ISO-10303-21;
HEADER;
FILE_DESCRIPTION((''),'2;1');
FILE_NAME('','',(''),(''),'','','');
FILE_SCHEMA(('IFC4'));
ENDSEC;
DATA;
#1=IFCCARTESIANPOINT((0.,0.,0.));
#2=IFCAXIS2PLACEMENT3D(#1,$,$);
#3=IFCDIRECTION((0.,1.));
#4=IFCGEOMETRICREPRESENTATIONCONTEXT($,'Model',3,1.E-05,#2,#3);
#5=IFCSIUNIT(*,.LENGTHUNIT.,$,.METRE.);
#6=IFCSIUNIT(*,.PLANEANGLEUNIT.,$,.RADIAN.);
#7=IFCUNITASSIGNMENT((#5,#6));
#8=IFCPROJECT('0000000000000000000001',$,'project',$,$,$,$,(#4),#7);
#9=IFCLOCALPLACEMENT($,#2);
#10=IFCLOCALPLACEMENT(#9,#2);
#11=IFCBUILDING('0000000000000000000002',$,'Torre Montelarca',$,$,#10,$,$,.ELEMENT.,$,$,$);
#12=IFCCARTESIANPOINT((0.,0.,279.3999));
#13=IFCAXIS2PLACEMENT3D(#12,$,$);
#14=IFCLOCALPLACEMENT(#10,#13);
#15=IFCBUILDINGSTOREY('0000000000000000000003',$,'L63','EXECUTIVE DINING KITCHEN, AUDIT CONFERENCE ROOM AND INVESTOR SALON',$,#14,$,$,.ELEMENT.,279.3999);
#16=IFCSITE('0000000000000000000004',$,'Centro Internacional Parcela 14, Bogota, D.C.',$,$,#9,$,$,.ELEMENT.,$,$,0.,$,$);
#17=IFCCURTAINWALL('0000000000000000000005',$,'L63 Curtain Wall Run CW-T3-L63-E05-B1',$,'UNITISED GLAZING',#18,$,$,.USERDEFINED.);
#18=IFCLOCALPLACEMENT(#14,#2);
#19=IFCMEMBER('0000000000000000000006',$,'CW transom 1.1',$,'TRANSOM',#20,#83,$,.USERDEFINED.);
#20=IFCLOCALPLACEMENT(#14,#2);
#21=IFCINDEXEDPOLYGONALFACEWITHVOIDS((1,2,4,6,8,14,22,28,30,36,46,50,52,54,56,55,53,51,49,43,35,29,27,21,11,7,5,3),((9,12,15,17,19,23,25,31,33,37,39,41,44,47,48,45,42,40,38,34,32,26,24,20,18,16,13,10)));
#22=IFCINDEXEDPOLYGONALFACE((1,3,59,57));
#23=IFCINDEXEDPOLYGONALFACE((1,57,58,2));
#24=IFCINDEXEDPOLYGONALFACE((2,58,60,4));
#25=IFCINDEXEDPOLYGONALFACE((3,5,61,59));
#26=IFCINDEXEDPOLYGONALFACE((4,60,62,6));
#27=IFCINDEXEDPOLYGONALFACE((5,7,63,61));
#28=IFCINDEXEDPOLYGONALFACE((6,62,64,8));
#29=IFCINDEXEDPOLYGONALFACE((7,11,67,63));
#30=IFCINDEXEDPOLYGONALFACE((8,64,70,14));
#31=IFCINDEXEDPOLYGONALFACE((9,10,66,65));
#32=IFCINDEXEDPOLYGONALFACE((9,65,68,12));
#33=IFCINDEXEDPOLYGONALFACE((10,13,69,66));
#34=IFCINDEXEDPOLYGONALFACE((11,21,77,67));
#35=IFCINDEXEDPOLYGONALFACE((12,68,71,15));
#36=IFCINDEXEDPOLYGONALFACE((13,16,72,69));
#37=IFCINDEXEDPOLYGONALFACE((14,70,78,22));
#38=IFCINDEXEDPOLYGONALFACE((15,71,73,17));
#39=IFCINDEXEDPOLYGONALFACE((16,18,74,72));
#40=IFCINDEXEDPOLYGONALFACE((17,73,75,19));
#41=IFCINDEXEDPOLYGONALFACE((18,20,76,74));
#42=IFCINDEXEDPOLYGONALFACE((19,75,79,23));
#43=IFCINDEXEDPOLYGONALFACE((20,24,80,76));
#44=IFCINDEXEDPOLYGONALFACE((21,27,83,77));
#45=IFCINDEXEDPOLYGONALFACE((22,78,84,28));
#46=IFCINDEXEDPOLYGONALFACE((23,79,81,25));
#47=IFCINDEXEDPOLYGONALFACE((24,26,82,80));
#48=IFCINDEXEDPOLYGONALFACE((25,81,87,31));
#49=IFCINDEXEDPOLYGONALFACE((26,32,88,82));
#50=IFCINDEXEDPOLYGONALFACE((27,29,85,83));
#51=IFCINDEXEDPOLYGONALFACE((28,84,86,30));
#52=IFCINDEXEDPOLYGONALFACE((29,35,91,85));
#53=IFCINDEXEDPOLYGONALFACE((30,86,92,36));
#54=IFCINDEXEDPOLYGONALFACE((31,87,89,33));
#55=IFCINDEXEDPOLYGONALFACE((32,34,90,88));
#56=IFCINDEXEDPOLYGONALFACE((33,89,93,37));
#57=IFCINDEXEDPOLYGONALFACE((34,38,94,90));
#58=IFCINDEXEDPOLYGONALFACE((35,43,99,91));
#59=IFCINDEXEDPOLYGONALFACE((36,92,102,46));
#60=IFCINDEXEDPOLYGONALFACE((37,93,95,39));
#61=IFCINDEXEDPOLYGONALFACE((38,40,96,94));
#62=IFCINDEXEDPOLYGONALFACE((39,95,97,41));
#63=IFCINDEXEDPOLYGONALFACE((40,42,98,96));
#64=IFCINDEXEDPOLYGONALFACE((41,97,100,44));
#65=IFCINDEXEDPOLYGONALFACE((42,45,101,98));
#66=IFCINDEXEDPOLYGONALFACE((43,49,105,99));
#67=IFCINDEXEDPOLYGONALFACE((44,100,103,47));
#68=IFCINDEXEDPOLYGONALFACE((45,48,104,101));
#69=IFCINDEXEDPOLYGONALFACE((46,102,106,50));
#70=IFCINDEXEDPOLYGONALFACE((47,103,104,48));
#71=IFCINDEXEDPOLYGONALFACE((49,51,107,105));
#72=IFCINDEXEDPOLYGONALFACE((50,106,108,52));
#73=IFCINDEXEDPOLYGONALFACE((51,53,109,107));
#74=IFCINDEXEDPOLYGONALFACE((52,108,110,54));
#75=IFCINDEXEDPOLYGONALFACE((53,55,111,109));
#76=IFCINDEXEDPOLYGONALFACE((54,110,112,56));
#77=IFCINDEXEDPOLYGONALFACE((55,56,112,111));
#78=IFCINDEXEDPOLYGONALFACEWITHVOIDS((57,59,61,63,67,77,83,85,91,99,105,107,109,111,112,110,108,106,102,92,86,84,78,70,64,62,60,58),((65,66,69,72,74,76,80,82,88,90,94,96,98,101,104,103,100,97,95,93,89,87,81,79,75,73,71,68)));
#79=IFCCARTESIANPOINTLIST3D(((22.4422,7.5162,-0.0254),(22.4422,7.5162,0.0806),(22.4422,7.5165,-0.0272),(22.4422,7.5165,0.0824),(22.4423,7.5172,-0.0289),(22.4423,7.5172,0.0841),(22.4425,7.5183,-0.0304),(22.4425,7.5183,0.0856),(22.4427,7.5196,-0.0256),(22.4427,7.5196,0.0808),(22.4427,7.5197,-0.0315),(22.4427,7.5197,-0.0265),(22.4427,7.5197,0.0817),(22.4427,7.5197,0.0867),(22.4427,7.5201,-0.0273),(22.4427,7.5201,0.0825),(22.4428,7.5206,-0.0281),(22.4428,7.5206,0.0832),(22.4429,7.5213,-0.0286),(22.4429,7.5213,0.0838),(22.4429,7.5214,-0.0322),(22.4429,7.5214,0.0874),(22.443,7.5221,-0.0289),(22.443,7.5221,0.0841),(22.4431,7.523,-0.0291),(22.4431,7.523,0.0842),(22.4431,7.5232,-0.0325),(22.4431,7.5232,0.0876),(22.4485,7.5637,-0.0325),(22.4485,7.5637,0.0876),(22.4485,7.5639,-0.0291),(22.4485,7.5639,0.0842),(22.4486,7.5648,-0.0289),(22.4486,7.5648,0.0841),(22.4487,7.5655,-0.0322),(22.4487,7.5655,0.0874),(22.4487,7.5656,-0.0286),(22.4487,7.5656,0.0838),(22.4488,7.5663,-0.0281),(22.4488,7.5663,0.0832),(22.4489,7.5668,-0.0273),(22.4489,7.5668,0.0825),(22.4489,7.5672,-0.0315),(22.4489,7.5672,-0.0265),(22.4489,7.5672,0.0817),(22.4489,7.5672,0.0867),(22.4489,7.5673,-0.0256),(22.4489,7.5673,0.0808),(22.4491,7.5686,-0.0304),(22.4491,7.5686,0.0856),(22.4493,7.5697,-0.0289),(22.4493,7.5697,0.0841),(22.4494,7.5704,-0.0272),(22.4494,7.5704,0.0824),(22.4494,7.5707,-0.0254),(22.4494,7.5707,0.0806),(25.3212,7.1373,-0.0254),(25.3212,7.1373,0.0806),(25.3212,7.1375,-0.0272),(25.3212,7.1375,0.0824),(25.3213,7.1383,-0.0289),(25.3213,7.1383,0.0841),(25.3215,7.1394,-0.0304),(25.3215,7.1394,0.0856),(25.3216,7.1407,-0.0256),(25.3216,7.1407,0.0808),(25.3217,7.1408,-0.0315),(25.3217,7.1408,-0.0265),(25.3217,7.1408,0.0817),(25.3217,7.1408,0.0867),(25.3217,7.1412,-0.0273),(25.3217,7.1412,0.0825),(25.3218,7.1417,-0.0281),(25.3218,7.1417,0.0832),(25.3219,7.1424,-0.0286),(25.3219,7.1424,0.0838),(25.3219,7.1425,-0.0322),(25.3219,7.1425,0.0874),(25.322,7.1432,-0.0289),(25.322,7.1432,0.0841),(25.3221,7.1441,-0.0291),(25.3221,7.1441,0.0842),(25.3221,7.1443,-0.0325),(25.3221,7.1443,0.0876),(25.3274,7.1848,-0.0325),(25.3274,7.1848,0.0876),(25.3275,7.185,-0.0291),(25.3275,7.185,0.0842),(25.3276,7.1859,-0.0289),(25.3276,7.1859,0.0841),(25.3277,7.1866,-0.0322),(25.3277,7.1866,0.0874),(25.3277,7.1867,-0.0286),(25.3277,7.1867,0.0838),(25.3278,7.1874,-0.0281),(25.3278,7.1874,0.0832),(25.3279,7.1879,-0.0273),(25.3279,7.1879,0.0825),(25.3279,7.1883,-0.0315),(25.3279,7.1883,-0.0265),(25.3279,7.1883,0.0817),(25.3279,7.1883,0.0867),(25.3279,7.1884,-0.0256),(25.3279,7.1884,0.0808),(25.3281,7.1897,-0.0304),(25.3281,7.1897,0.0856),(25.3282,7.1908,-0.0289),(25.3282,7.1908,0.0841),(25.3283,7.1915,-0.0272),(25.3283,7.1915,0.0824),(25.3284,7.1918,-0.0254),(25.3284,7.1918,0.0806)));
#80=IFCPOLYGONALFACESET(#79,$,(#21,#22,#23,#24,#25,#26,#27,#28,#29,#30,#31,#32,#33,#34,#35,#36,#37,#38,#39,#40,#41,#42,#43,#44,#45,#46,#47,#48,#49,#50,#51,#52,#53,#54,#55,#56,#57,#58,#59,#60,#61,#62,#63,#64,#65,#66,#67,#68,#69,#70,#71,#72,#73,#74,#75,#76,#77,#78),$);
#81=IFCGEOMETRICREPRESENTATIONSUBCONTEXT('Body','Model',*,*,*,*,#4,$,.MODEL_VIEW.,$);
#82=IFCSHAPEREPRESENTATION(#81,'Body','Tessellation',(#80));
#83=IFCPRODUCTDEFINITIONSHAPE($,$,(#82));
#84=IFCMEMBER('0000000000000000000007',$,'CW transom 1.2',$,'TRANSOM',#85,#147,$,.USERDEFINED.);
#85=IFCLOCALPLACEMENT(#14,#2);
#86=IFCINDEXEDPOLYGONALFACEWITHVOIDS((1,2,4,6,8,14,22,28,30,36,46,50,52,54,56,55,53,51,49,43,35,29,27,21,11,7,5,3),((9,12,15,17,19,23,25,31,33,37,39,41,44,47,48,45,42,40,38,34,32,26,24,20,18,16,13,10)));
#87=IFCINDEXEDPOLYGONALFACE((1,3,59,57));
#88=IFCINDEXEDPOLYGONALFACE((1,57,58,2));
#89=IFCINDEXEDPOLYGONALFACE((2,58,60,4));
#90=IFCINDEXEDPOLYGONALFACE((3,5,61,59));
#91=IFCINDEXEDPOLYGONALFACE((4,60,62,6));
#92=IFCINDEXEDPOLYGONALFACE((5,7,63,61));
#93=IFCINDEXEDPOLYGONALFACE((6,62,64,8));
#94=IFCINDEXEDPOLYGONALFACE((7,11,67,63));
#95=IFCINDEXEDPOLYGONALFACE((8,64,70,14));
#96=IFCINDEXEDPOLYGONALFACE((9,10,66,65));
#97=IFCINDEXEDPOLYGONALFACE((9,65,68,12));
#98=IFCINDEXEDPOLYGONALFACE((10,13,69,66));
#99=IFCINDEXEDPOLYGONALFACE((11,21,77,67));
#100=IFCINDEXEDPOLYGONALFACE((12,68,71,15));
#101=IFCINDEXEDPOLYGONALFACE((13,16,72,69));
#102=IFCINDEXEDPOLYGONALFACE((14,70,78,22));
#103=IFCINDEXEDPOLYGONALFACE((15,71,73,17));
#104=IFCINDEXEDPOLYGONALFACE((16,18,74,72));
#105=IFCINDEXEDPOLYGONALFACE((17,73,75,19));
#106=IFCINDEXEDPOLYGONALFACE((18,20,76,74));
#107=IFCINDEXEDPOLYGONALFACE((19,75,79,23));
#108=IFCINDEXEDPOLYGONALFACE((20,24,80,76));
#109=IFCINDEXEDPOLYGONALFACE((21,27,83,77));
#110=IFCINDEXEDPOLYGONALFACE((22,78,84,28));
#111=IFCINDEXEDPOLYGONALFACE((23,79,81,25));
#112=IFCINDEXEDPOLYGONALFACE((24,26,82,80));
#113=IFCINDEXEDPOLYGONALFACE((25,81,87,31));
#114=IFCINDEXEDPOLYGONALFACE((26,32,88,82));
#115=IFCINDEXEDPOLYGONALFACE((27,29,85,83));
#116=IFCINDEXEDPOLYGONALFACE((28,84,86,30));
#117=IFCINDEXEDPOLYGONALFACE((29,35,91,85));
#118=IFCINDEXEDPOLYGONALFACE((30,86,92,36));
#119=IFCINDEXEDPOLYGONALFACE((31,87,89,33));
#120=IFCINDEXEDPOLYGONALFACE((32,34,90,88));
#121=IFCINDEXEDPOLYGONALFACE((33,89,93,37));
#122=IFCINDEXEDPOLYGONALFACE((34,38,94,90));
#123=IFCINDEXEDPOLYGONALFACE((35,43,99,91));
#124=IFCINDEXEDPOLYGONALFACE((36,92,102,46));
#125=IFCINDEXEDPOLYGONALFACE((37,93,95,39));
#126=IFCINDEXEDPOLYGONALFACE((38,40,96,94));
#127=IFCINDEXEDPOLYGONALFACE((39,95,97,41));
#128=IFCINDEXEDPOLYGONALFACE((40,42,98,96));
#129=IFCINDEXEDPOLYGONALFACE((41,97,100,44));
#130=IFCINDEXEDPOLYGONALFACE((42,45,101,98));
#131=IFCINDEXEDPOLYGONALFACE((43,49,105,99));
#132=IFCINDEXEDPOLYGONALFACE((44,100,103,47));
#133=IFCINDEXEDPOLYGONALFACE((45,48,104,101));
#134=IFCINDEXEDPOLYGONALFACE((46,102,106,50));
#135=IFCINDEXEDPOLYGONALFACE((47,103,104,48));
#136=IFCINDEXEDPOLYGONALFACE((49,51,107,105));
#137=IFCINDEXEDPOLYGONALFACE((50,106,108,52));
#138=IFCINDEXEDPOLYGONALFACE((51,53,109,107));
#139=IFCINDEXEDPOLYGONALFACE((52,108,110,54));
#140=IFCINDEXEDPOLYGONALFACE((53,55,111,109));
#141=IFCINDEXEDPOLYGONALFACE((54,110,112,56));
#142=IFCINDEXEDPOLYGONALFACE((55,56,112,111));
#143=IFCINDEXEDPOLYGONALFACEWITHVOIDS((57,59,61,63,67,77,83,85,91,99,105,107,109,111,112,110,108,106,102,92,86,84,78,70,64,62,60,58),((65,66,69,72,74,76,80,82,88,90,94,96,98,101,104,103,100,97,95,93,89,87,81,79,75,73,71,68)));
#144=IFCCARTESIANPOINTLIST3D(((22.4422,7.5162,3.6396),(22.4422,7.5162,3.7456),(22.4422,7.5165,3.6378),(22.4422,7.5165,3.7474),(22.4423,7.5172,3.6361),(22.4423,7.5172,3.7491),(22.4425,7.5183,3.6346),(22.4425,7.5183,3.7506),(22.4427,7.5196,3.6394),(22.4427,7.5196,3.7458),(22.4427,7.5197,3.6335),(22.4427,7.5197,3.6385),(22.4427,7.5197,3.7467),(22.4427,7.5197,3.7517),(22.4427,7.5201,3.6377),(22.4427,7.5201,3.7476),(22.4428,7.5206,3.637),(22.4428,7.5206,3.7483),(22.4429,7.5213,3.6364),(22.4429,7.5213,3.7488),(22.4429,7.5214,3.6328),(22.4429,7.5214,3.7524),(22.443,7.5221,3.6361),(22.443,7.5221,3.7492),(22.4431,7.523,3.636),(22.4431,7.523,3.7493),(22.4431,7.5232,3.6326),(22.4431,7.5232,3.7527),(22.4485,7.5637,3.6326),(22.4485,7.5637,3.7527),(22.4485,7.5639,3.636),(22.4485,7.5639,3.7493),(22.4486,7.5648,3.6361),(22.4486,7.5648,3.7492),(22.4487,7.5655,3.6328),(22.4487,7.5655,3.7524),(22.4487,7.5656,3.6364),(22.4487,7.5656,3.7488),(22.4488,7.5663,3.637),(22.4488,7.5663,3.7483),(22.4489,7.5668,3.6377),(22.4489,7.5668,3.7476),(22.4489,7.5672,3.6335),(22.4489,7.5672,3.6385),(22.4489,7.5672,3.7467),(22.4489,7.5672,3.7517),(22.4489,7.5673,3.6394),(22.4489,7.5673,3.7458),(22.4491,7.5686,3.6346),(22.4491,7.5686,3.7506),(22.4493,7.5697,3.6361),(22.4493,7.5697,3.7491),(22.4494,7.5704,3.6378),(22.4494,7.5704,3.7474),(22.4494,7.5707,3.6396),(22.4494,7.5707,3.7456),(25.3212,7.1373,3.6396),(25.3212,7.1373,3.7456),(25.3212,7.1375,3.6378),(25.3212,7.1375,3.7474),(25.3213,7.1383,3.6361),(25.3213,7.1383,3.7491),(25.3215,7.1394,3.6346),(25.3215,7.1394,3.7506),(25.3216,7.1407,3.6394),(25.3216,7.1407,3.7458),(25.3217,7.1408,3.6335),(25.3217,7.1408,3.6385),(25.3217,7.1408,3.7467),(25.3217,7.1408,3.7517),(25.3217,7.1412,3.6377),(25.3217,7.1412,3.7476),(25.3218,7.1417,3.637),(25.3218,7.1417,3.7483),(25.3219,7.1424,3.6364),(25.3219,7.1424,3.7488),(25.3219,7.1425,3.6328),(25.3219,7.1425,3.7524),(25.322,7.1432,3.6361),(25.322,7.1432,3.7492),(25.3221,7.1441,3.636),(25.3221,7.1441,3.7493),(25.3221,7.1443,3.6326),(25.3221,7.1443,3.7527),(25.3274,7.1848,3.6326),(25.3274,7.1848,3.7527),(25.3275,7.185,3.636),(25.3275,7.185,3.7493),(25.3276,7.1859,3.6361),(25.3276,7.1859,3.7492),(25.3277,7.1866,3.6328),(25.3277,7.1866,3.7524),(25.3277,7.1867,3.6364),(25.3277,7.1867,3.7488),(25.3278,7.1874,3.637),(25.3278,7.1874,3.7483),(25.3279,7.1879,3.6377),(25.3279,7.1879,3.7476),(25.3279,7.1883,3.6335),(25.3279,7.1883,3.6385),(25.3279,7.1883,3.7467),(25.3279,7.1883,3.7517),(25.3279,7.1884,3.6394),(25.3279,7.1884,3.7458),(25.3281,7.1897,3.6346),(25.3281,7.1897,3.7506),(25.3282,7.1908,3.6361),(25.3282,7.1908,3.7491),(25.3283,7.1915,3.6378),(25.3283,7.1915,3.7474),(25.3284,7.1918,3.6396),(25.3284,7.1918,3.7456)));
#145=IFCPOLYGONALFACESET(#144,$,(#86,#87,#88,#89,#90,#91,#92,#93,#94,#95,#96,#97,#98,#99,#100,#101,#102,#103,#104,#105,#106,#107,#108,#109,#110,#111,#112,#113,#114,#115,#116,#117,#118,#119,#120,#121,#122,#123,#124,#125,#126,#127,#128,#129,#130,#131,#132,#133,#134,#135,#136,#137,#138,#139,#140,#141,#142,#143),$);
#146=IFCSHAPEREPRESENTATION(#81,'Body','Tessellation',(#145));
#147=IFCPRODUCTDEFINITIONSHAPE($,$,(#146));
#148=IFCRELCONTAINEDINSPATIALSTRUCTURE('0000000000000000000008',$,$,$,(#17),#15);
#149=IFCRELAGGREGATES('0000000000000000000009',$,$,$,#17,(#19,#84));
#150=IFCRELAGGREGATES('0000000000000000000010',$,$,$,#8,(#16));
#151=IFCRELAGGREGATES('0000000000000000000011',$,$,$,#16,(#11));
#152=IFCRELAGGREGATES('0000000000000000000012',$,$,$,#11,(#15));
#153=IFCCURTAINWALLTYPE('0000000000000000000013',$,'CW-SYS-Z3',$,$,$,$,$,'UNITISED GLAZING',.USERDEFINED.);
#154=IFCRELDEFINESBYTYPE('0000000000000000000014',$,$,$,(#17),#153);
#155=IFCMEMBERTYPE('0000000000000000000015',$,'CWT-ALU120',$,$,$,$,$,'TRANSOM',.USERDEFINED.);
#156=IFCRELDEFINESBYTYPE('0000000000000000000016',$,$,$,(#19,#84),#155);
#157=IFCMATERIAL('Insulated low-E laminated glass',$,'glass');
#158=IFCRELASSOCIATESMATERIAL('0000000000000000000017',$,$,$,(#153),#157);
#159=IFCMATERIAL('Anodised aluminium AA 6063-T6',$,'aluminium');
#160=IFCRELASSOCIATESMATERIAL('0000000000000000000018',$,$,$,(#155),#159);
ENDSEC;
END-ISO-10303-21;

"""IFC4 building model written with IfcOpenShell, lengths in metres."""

from ifc_helpers import new_model, si_unit, direction, frame, origin, origin_2d, place, context, subcontext, project, spatial, hollow_rectangle, extrude, source, transform, mapped, material, material_profile, profile_set, type_object, element, aggregate, save


model = new_model("IFC4")

# Units and contexts
model_context = context("Model", 3, precision=1e-05, world=origin(), true_north=direction((0.0, 1.0)))
body_context = subcontext(model_context, "Body", "Model", "MODEL_VIEW")
ifc_project = project(units=[si_unit("LENGTHUNIT", "METRE"), si_unit("PLANEANGLEUNIT", "RADIAN")], contexts=[model_context])

# Site, building, storey
site_placement = place(None, origin())
site = spatial("IfcSite", under=ifc_project, at=site_placement, Name="Centro Internacional Parcela 14, Bogota, D.C.", CompositionType="ELEMENT", RefElevation=0.0)
building_placement = place(site_placement, origin())
building = spatial("IfcBuilding", under=site, at=building_placement, Name="Torre Montelarca", CompositionType="ELEMENT")
storey_placement = place(building_placement, frame((0.0, 0.0, 279.3999)))
storey = spatial("IfcBuildingStorey", under=building, at=storey_placement, Name="L63", Description="EXECUTIVE DINING KITCHEN, AUDIT CONFERENCE ROOM AND INVESTOR SALON", CompositionType="ELEMENT", Elevation=279.3999)

# Shared definitions
ifc_material_1 = material(Name="Insulated low-E laminated glass", Category="glass")
curtain_wall_type = type_object("IfcCurtainWallType", Name="CW-SYS-Z3", ElementType="UNITISED GLAZING", PredefinedType="USERDEFINED", material=ifc_material_1)
ifc_material_2 = material(Name="Anodised aluminium AA 6063-T6", Category="aluminium")

# Curtain wall
curtain_wall_1_placement = place(storey_placement, origin())
curtain_wall_1 = element("IfcCurtainWall", 1, at=curtain_wall_1_placement, inside=storey, type_object=curtain_wall_type, Name="L63 Curtain Wall Run CW-T3-L63-E05-B1", ObjectType="UNITISED GLAZING", PredefinedType="USERDEFINED")

# Members
ifc_material_profile_1 = material_profile(ifc_material_2, hollow_rectangle(XDim=0.0549, YDim=0.1201, WallThickness=0.0034, InnerFilletRadius=0.0034, OuterFilletRadius=0.0071, at=origin_2d()), Name="ALU55X120X3.5", Category="aluminium")
ifc_profile_set_1 = profile_set([ifc_material_profile_1], Name="Anodised aluminium AA 6063-T6")
member_type_1 = type_object("IfcMemberType", Name="CWT-ALU120", ElementType="TRANSOM", PredefinedType="USERDEFINED", material=ifc_profile_set_1)
shared_shape_1 = source(origin(), body_context, "Body", "SweptSolid", [
    extrude(hollow_rectangle(XDim=0.0549, YDim=0.1201, WallThickness=0.0034, InnerFilletRadius=0.0034, OuterFilletRadius=0.0071, at=origin_2d()), origin(), (0.0, 0.0, 1.0), 2.9038),
])
member_1_placement = place(storey_placement, frame((22.4458, 7.5435, 0.0276), z_axis=(0.99145, -0.130489, 0.0), x_axis=(0.130489, 0.99145, 0.0)))
member_1 = element("IfcMember", 2, at=member_1_placement, type_object=member_type_1, Name="CW transom 1.1", ObjectType="TRANSOM", PredefinedType="USERDEFINED", context=body_context, shape_type="MappedRepresentation", body=[
    mapped(shared_shape_1, transform((0.0, 0.0, 0.0), scale=1.0)),
])
member_2_placement = place(storey_placement, frame((22.4458, 7.5435, 3.6926), z_axis=(0.99145, -0.130489, 0.0), x_axis=(0.130489, 0.99145, 0.0)))
member_2 = element("IfcMember", 3, at=member_2_placement, type_object=member_type_1, Name="CW transom 1.2", ObjectType="TRANSOM", PredefinedType="USERDEFINED", context=body_context, shape_type="MappedRepresentation", body=[
    mapped(shared_shape_1, transform((0.0, 0.0, 0.0), scale=1.0)),
])

aggregate(curtain_wall_1, [member_1, member_2])

save(model, "model.ifc")
